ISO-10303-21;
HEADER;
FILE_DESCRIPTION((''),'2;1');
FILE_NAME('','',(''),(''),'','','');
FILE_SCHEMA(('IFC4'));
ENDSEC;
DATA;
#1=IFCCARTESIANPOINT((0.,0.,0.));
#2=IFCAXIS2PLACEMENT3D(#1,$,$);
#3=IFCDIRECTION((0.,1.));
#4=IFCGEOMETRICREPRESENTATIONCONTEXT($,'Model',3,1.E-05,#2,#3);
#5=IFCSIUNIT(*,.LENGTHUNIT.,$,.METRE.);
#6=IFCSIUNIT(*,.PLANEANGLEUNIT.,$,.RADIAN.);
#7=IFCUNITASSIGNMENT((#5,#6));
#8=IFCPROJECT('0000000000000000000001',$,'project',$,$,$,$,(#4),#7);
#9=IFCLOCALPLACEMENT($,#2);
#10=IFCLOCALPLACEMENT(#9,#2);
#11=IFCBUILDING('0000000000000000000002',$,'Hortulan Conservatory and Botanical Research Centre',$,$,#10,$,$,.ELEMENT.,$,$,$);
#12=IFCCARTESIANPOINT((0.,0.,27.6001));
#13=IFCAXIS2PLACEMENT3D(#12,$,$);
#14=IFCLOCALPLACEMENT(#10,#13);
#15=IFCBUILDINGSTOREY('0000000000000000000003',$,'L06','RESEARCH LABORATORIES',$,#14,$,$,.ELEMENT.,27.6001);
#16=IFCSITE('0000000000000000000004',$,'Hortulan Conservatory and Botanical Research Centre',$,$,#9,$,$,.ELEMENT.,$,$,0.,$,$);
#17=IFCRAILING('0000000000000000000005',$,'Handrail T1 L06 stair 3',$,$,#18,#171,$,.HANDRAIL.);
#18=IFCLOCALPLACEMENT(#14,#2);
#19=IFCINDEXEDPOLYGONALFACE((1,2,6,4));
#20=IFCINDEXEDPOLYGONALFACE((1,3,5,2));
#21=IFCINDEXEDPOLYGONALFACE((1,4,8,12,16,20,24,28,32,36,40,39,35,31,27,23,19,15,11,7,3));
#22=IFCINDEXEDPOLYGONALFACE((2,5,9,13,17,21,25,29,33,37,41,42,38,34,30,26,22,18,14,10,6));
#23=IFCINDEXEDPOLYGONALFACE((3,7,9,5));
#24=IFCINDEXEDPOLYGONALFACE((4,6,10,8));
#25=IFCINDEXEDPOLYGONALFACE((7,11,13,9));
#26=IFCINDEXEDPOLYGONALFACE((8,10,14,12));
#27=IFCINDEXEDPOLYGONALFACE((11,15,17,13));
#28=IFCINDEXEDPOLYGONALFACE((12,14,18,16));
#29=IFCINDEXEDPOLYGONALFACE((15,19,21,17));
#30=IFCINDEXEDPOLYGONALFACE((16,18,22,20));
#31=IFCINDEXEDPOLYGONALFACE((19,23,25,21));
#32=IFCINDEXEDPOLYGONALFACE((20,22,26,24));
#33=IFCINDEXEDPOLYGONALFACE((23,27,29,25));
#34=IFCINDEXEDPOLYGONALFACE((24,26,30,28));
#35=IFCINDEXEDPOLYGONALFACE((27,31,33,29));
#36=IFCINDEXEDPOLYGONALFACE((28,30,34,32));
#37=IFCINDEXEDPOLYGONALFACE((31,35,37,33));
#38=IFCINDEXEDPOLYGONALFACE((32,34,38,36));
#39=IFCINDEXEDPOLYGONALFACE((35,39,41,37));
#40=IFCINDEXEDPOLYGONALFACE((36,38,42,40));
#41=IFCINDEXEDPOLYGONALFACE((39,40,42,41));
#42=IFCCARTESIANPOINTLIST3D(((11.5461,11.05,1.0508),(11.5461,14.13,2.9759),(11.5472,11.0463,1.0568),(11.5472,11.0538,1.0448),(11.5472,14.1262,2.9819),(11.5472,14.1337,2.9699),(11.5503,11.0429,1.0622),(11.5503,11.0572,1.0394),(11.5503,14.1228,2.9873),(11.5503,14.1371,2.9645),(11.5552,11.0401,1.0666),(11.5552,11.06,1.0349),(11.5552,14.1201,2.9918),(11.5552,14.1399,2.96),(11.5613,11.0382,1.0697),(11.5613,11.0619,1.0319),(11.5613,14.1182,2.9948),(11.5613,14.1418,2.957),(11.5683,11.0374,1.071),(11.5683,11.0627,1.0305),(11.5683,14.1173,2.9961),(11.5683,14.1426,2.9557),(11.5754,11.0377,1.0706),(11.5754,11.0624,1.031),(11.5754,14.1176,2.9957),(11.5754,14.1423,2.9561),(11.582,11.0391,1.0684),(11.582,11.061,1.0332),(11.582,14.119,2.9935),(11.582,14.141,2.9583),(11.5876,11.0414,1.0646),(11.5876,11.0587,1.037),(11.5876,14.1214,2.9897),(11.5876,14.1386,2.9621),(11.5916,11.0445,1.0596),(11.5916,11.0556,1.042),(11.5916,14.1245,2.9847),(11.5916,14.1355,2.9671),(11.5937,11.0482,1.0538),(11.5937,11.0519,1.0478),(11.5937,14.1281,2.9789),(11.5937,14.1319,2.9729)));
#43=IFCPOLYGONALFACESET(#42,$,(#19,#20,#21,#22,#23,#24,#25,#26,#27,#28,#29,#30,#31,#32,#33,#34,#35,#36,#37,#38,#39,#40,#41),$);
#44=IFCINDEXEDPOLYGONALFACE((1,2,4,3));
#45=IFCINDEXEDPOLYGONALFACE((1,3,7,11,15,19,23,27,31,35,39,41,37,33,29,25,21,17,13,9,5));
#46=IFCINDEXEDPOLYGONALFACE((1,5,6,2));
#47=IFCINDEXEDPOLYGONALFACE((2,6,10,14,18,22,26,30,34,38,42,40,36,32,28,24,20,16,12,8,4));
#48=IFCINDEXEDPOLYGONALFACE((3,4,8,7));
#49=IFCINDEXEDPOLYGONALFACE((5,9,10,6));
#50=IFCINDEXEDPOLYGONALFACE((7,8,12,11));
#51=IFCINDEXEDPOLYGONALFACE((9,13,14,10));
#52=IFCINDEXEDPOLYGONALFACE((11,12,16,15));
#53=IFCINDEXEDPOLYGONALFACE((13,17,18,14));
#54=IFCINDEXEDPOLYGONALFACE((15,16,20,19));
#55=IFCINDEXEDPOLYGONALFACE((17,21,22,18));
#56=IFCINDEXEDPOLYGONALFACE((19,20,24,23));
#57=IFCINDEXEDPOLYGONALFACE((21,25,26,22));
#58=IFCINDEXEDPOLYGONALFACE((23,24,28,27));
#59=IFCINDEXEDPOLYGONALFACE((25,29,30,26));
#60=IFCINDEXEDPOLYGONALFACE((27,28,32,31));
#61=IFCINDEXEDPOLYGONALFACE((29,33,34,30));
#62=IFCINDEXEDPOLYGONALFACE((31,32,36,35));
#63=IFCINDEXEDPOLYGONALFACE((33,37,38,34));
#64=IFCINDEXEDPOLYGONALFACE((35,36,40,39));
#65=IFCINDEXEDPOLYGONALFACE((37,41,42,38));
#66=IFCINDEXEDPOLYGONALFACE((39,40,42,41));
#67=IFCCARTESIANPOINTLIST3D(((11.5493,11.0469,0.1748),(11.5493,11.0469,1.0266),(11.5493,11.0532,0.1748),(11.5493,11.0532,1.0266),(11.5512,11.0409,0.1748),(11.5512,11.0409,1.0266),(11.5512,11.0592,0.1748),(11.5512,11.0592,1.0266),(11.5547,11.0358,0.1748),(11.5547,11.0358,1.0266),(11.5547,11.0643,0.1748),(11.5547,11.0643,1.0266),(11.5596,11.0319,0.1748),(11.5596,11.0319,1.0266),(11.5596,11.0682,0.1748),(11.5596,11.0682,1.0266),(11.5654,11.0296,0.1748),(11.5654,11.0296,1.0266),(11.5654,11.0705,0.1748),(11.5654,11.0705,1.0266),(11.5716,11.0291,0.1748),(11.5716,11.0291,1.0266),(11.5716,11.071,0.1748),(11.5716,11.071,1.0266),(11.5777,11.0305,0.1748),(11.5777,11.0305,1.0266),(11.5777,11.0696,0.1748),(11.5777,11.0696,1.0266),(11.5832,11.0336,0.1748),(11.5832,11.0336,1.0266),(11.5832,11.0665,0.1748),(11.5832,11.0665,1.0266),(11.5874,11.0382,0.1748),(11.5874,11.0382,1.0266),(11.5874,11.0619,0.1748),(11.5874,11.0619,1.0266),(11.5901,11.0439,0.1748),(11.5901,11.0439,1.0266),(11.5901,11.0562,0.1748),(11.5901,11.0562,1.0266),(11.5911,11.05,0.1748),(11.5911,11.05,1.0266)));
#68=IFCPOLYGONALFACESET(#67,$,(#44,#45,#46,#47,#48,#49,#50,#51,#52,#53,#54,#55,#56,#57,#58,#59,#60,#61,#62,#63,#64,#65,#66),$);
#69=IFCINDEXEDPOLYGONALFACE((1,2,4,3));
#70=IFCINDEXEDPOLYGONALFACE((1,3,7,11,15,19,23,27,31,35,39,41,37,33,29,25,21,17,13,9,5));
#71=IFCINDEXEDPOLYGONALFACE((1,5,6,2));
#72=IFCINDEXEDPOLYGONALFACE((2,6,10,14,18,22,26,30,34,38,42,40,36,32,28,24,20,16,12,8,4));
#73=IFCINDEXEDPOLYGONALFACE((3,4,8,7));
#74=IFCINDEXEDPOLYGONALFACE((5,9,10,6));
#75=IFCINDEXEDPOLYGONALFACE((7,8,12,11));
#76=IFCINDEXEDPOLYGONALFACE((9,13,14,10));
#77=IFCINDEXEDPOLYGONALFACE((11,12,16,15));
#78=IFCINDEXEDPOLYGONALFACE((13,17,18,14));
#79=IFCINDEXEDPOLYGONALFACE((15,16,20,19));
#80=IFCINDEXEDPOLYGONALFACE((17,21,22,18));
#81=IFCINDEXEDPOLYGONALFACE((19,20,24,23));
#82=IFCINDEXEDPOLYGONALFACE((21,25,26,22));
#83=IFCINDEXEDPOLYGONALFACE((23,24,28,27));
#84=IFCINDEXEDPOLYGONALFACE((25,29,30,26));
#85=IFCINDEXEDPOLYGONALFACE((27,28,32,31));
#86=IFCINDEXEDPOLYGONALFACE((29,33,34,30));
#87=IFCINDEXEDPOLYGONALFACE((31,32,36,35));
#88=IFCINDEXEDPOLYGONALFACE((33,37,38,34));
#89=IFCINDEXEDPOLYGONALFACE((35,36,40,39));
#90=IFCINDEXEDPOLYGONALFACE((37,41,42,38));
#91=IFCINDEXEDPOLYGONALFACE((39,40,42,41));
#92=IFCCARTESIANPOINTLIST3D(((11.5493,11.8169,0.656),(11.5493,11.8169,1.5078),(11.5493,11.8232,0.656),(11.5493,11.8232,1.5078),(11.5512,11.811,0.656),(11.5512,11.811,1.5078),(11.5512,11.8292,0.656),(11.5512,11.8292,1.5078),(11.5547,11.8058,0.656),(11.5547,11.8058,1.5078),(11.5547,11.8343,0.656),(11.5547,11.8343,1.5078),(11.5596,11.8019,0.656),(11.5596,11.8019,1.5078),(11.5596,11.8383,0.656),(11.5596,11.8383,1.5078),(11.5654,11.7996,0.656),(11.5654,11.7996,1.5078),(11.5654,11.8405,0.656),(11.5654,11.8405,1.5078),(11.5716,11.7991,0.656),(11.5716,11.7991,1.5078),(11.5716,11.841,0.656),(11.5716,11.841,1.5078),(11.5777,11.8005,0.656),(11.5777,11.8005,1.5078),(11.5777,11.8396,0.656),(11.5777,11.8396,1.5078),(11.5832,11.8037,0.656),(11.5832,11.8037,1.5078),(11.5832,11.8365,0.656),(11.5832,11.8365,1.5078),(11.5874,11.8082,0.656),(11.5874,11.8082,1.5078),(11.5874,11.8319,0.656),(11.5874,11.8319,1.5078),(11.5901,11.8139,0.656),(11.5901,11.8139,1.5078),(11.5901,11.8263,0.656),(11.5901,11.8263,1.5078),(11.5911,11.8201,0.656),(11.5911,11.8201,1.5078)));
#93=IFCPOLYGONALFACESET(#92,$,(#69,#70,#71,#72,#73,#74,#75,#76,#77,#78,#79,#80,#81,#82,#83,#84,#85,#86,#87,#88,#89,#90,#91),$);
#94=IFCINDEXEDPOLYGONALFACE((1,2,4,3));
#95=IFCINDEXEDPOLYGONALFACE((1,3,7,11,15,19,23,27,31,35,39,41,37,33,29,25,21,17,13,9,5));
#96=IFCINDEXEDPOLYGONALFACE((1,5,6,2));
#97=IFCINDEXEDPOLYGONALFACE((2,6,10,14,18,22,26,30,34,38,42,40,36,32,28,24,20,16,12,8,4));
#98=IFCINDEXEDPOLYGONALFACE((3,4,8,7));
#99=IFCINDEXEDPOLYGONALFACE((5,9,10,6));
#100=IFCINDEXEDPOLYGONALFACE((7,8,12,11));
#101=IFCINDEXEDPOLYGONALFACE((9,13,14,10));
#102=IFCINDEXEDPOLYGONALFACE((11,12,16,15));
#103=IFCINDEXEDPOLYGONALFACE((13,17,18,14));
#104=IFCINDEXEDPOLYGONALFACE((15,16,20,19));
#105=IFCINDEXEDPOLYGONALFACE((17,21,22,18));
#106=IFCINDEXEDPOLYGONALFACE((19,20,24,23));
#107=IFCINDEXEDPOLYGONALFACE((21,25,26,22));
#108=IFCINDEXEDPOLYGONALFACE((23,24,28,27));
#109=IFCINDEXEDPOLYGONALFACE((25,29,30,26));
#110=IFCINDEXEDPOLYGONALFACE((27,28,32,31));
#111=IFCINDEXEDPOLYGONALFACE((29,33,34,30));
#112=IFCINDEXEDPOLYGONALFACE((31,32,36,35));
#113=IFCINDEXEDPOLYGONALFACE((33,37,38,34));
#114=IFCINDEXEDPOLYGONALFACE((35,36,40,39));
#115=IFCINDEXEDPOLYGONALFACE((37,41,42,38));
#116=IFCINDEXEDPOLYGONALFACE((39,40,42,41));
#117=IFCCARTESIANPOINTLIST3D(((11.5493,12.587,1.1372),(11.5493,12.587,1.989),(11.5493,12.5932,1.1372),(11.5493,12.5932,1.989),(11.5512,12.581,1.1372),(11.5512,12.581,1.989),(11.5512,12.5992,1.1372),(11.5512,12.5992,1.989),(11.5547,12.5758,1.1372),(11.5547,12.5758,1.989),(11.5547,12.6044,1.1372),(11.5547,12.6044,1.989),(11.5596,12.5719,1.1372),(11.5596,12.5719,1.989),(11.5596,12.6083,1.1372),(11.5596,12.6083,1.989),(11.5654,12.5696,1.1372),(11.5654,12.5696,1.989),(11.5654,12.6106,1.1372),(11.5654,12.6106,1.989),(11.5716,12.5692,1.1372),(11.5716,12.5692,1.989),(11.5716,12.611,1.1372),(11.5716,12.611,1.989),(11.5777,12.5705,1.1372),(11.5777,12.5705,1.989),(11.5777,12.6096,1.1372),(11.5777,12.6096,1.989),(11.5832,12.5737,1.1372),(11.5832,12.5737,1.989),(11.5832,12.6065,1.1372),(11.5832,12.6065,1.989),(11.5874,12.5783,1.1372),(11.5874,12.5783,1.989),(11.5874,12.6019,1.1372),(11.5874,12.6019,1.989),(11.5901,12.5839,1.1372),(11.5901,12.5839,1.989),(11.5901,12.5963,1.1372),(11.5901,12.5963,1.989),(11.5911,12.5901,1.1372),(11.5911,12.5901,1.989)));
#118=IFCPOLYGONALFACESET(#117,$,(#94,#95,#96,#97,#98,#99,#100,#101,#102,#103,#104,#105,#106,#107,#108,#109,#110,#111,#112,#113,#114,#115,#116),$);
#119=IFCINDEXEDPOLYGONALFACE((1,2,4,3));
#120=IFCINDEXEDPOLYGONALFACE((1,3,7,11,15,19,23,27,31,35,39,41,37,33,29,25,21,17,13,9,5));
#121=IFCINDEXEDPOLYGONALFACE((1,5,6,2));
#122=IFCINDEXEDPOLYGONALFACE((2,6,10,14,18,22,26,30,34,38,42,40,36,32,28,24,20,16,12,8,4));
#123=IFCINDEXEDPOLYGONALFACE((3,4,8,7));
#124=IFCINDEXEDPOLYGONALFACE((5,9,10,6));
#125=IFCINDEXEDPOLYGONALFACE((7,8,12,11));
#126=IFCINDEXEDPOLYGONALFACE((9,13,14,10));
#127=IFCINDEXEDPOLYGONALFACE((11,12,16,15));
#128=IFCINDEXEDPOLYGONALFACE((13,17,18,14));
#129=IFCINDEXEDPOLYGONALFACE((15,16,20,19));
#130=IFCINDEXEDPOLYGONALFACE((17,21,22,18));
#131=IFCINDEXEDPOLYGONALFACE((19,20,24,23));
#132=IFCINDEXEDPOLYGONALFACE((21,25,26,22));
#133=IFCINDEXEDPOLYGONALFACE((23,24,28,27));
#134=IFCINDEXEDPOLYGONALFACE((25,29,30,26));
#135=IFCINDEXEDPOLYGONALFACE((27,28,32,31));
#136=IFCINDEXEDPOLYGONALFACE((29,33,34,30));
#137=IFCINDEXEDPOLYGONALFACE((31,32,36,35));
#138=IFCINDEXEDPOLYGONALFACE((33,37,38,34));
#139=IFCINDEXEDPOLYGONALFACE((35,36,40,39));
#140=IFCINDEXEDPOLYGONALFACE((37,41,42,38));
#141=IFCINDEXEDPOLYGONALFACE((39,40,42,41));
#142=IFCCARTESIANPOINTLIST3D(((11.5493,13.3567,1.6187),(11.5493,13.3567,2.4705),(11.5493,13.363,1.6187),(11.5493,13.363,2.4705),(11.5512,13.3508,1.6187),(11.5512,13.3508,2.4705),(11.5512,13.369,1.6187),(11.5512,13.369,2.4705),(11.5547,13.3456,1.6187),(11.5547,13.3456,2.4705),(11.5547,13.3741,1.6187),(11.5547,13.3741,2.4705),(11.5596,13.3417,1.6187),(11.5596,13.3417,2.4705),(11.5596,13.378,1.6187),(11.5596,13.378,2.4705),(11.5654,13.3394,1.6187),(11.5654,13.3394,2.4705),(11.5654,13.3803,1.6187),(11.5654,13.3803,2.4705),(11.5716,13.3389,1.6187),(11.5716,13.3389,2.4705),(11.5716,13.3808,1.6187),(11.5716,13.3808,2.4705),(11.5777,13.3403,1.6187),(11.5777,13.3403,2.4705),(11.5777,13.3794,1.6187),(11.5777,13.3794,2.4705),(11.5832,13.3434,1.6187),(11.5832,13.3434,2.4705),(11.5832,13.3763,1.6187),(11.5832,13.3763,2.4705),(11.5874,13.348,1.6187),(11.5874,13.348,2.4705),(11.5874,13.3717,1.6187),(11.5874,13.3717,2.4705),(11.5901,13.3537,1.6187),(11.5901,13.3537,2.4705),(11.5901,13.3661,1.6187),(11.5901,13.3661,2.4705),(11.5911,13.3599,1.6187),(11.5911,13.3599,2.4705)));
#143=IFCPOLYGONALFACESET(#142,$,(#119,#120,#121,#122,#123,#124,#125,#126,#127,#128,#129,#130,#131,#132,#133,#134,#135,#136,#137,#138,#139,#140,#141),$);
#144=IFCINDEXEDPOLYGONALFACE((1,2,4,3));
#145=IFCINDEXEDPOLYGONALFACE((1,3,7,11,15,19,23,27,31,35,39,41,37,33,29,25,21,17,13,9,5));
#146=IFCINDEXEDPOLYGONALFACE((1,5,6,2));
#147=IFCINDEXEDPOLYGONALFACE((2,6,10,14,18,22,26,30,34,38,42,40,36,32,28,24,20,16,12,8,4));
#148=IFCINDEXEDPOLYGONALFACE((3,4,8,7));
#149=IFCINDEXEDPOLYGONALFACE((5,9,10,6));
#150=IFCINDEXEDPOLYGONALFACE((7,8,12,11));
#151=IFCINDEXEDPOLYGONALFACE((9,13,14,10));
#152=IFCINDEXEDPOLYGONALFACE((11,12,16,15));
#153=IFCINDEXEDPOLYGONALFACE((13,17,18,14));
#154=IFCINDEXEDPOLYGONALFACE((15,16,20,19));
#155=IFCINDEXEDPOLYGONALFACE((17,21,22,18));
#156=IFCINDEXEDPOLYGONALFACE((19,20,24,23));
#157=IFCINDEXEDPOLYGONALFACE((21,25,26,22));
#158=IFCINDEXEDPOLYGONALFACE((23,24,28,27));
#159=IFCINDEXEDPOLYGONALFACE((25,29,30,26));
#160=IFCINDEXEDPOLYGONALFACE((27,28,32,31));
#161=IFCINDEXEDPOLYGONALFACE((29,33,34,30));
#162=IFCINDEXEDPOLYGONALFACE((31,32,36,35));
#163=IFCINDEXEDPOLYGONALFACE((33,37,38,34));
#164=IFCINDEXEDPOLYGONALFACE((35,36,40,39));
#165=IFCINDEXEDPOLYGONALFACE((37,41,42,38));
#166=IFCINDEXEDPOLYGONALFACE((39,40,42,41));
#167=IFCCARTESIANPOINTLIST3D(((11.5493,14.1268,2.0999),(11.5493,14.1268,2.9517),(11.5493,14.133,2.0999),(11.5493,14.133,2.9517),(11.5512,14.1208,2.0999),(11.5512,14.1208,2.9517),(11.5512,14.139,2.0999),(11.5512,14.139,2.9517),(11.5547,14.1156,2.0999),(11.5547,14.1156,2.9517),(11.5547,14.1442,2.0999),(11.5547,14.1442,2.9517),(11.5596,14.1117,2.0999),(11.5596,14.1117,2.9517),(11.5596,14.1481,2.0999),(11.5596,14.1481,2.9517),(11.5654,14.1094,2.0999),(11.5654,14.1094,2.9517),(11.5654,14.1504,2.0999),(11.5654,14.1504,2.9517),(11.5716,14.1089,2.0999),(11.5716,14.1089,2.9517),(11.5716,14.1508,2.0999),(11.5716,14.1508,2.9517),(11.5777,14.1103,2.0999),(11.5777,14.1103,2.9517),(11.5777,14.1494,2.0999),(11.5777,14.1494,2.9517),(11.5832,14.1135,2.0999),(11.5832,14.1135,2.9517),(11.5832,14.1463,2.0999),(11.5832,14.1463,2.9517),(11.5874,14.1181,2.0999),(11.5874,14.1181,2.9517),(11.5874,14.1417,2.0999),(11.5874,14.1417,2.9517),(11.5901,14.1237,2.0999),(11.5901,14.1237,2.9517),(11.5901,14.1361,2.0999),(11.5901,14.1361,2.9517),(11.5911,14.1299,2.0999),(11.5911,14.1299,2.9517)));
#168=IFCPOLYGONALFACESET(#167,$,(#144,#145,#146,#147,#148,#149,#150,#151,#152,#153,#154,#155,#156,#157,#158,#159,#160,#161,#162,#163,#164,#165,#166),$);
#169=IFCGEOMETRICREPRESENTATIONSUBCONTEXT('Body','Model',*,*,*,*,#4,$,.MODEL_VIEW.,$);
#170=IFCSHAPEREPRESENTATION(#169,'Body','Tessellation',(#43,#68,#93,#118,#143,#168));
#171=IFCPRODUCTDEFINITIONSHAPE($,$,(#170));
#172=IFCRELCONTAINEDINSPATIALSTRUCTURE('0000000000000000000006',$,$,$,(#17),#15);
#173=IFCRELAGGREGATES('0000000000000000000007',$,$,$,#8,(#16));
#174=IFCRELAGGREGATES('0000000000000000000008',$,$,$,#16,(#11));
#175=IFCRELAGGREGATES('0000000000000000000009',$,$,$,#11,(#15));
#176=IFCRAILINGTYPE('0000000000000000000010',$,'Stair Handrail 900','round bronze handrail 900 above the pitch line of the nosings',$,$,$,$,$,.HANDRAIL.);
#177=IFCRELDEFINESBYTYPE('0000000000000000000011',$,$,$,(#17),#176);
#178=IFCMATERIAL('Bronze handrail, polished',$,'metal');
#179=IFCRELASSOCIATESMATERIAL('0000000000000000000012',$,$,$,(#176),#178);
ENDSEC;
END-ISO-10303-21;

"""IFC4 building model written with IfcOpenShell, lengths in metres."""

from ifc_helpers import new_model, si_unit, direction, frame, origin, origin_2d, place, context, subcontext, project, spatial, circle, extrude, material, type_object, element, save


model = new_model("IFC4")

# Units and contexts
model_context = context("Model", 3, precision=1e-05, world=origin(), true_north=direction((0.0, 1.0)))
body_context = subcontext(model_context, "Body", "Model", "MODEL_VIEW")
ifc_project = project(units=[si_unit("LENGTHUNIT", "METRE"), si_unit("PLANEANGLEUNIT", "RADIAN")], contexts=[model_context])

# Site, building, storey
site_placement = place(None, origin())
site = spatial("IfcSite", under=ifc_project, at=site_placement, Name="Hortulan Conservatory and Botanical Research Centre", CompositionType="ELEMENT", RefElevation=0.0)
building_placement = place(site_placement, origin())
building = spatial("IfcBuilding", under=site, at=building_placement, Name="Hortulan Conservatory and Botanical Research Centre", CompositionType="ELEMENT")
storey_placement = place(building_placement, frame((0.0, 0.0, 27.6001)))
storey = spatial("IfcBuildingStorey", under=building, at=storey_placement, Name="L06", Description="RESEARCH LABORATORIES", CompositionType="ELEMENT", Elevation=27.6001)

# Railing
ifc_material_1 = material(Name="Bronze handrail, polished", Category="metal")
railing_type_1 = type_object("IfcRailingType", Name="Stair Handrail 900", Description="round bronze handrail 900 above the pitch line of the nosings", PredefinedType="HANDRAIL", material=ifc_material_1)
railing_1_placement = place(storey_placement, frame((11.5701, 11.05, 0.1748)))
element("IfcRailing", 1, at=railing_1_placement, inside=storey, type_object=railing_type_1, Name="Handrail T1 L06 stair 3", PredefinedType="HANDRAIL", context=body_context, shape_type="SweptSolid", body=[
    extrude(circle(Radius=0.0239, at=origin_2d()), frame((0.0, 0.0, 0.876), z_axis=(0.0, 0.847979, 0.530029), x_axis=(-1.0, 0.0, 0.0)), (0.0, 0.0, 1.0), 3.6321),
    extrude(circle(Radius=0.021, at=origin_2d()), origin(), (0.0, 0.0, 1.0), 0.8518),
    extrude(circle(Radius=0.021, at=origin_2d()), frame((0.0, 0.77, 0.4812)), (0.0, 0.0, 1.0), 0.8518),
    extrude(circle(Radius=0.021, at=origin_2d()), frame((0.0, 1.54, 0.9624)), (0.0, 0.0, 1.0), 0.8518),
    extrude(circle(Radius=0.021, at=origin_2d()), frame((0.0, 2.3098, 1.4438)), (0.0, 0.0, 1.0), 0.8518),
    extrude(circle(Radius=0.021, at=origin_2d()), frame((0.0, 3.0798, 1.925)), (0.0, 0.0, 1.0), 0.8518),
])

save(model, "model.ifc")
